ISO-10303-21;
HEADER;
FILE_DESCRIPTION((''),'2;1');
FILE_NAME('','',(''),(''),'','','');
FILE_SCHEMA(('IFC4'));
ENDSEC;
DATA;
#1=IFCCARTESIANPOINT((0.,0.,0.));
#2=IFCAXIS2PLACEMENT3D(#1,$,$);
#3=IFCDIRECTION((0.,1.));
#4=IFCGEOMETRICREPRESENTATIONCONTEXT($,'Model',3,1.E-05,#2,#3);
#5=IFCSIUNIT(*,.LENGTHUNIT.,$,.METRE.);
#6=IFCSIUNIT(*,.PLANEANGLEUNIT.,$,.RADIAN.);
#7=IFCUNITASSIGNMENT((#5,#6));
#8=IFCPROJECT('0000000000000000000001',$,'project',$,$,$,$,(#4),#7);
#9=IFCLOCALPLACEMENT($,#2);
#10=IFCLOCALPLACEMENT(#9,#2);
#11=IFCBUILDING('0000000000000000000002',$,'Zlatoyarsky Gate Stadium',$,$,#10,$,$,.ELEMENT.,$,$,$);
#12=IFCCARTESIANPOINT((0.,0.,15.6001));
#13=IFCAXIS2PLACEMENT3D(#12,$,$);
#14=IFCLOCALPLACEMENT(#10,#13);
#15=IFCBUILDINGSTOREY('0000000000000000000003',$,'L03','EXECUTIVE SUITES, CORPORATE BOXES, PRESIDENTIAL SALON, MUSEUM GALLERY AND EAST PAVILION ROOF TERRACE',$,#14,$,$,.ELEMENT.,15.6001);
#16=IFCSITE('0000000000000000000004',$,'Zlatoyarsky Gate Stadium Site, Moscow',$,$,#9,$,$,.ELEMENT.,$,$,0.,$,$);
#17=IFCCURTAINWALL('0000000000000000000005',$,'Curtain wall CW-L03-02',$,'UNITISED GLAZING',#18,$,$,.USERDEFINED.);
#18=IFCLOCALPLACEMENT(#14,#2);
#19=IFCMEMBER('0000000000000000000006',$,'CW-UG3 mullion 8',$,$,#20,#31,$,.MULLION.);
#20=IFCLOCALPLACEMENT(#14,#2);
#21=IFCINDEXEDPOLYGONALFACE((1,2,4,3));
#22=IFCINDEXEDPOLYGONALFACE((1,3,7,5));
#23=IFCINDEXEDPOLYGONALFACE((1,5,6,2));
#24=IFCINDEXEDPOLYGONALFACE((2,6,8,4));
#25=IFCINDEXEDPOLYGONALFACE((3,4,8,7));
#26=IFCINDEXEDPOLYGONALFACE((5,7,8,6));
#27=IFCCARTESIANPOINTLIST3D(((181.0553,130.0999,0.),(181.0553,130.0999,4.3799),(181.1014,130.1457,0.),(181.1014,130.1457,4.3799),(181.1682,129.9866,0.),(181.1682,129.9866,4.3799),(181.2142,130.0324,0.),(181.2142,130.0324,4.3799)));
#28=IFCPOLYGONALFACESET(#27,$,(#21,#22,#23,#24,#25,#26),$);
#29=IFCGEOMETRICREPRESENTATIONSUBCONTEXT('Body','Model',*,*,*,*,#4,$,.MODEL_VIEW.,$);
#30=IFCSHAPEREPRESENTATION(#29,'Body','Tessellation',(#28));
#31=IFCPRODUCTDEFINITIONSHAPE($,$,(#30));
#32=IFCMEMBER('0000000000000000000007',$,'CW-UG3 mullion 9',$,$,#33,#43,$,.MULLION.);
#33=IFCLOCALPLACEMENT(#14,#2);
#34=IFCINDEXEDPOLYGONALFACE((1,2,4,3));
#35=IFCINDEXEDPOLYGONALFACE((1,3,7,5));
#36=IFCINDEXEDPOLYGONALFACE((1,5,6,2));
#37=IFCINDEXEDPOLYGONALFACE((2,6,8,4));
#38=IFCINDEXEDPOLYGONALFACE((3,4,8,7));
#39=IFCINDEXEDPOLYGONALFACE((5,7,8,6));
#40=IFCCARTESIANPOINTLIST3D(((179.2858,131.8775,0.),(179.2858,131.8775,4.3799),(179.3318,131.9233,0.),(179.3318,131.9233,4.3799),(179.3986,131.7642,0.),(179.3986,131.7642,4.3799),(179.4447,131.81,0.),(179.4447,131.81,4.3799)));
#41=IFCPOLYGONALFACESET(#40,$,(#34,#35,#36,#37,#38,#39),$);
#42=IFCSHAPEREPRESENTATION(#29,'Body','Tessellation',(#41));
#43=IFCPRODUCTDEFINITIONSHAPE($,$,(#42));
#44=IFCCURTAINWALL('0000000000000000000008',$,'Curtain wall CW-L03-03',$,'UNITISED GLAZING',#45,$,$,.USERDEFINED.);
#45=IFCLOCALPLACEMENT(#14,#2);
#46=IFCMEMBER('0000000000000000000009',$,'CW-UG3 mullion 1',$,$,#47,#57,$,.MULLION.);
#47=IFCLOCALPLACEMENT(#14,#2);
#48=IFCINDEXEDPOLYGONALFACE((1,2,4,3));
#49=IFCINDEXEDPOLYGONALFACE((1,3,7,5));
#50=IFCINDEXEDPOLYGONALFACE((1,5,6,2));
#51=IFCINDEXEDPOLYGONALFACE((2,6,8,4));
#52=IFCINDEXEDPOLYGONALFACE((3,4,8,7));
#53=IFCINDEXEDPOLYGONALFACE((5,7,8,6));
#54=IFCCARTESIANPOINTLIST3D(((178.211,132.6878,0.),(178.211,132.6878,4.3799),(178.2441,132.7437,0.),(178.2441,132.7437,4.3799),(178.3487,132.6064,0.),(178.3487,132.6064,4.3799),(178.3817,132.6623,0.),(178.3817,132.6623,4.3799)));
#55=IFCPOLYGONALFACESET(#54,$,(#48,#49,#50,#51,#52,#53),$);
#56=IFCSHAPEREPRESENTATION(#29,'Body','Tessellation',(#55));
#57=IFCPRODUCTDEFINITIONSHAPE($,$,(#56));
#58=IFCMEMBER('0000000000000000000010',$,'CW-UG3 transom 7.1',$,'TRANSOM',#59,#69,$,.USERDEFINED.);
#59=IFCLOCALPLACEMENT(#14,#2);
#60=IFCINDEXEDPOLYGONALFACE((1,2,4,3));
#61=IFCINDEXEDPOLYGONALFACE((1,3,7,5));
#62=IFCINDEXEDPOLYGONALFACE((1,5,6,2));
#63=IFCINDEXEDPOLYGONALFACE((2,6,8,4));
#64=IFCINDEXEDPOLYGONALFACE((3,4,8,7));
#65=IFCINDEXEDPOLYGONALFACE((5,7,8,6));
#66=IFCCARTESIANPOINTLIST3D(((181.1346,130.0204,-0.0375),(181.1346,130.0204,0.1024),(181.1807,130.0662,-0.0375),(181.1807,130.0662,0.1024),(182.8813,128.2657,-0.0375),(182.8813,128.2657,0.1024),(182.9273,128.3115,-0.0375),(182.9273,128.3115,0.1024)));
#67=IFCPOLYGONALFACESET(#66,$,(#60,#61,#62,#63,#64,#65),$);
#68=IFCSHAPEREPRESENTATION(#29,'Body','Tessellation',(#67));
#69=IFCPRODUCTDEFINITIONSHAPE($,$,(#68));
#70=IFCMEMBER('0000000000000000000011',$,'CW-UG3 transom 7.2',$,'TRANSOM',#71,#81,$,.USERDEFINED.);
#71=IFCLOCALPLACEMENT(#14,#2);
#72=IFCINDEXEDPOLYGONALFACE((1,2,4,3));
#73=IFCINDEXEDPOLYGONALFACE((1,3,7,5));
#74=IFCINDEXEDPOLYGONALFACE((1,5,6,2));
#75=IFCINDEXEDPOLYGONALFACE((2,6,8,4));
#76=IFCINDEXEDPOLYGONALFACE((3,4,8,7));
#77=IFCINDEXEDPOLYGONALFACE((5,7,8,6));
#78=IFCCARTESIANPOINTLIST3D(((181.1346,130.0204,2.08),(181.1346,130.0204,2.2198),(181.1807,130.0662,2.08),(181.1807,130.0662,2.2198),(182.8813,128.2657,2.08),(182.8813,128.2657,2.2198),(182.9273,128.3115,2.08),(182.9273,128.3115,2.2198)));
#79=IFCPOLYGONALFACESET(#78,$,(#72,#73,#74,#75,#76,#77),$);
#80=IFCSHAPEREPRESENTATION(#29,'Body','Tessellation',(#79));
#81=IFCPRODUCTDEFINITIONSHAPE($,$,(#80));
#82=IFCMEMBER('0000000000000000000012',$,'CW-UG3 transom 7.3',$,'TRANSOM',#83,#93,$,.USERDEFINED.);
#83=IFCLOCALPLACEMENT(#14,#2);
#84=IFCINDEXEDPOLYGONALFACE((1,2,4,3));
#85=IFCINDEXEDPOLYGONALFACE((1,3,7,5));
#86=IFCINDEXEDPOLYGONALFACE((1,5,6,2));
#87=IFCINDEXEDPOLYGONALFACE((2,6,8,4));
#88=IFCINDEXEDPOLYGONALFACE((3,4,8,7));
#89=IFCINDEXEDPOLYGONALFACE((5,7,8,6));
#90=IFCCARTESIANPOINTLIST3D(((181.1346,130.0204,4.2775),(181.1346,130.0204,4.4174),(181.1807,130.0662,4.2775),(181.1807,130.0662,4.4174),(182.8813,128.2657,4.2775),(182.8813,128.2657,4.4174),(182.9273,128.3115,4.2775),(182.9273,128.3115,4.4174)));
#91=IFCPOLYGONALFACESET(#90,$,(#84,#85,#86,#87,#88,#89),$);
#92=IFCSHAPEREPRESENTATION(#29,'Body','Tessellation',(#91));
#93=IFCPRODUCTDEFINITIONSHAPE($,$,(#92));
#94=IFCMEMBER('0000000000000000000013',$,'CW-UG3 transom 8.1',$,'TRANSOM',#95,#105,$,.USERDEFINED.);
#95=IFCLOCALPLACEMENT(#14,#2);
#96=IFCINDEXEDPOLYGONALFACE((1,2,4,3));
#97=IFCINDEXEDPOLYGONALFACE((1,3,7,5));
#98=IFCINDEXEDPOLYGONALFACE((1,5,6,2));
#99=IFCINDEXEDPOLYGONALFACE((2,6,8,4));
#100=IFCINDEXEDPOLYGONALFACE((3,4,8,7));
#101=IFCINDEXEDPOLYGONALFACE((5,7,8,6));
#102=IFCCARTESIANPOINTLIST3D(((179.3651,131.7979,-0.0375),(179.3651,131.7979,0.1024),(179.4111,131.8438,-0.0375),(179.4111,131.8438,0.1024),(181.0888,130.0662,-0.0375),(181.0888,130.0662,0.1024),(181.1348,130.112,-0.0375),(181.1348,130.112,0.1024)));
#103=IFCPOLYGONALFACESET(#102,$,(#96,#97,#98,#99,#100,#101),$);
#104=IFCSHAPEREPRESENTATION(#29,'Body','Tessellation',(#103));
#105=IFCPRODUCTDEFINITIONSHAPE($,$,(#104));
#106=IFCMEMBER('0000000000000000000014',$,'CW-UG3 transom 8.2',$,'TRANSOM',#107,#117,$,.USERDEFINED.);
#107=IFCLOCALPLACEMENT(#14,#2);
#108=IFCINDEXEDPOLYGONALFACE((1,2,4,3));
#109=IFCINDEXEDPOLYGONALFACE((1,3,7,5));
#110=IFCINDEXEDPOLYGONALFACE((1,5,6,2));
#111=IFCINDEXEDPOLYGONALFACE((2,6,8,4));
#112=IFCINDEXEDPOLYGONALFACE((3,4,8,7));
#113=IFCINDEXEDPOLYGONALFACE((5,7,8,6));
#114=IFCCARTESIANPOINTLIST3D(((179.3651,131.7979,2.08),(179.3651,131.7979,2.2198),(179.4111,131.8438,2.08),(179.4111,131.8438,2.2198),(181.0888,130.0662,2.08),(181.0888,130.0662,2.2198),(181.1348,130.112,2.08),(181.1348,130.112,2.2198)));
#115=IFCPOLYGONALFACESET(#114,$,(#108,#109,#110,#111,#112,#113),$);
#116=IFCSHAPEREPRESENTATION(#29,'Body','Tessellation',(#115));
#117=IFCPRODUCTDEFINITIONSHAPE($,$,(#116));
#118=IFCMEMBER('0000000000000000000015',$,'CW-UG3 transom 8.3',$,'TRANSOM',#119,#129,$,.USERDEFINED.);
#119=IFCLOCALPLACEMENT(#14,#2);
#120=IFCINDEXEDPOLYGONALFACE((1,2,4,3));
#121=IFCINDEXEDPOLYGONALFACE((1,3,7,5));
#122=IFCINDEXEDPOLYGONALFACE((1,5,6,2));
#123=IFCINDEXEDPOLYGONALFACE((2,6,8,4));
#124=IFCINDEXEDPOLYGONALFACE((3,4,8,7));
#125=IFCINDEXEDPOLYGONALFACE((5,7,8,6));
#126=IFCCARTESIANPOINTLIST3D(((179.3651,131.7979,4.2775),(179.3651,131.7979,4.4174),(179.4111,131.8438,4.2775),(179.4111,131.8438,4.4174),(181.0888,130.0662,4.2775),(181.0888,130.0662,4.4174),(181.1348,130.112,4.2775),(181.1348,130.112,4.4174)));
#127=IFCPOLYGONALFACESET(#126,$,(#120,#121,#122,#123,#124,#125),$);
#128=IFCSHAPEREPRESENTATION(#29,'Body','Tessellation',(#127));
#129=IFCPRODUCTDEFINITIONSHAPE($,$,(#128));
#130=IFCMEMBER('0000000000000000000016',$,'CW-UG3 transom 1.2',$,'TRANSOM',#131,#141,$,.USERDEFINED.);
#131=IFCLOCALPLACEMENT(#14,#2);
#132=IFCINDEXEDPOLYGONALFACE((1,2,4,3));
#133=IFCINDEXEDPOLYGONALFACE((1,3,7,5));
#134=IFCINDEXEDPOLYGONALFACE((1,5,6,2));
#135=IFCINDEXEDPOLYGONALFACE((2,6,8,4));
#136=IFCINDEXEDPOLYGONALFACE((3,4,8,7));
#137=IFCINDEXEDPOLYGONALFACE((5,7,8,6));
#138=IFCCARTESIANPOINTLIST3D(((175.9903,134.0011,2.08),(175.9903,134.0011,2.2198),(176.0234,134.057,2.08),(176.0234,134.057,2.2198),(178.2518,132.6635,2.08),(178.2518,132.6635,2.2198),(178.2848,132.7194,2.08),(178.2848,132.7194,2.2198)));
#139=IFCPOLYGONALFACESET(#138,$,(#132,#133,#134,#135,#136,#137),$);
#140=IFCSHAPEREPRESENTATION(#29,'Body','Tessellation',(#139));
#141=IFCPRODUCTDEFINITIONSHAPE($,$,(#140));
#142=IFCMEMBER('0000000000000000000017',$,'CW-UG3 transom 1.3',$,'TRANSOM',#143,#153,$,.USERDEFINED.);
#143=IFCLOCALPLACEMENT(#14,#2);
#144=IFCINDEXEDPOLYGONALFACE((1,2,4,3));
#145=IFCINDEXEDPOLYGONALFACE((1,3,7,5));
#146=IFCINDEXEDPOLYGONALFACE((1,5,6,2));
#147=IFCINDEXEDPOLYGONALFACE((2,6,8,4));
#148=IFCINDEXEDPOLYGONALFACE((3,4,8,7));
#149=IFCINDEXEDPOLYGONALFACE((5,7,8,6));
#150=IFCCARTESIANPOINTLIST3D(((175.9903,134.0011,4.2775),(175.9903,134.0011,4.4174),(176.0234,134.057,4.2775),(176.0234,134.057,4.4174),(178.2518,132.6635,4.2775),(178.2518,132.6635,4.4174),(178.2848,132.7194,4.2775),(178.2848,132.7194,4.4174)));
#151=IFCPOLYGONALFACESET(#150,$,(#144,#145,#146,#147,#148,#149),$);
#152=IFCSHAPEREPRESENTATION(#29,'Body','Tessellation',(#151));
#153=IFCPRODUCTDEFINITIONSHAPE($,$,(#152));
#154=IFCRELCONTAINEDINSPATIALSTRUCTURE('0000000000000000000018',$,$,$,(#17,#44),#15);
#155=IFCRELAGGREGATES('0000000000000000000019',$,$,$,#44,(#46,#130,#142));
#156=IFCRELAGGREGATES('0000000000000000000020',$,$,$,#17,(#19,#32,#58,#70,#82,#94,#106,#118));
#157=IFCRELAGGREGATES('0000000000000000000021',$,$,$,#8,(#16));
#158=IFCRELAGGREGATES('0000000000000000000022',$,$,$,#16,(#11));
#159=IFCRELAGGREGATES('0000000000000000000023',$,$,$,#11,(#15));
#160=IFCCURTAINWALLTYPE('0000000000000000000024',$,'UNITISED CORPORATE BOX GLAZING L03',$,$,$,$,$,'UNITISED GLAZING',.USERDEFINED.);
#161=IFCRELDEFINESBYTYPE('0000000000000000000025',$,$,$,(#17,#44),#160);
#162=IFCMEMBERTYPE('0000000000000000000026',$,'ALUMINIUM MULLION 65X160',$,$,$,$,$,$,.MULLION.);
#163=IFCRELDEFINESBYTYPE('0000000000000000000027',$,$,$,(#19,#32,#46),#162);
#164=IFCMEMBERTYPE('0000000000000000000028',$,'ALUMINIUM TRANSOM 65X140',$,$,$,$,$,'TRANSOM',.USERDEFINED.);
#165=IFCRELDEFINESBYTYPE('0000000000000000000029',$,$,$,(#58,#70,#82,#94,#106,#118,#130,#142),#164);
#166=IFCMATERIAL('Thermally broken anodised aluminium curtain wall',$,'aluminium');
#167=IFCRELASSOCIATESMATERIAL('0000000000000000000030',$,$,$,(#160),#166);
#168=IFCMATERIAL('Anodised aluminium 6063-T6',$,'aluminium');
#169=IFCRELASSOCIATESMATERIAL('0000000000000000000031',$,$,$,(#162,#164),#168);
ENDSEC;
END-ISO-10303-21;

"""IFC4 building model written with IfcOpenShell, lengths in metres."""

from ifc_helpers import new_model, si_unit, direction, frame, origin, origin_2d, place, context, subcontext, project, spatial, rectangle, extrude, material, material_profile, profile_set, type_object, element, aggregate, save


model = new_model("IFC4")

# Units and contexts
model_context = context("Model", 3, precision=1e-05, world=origin(), true_north=direction((0.0, 1.0)))
body_context = subcontext(model_context, "Body", "Model", "MODEL_VIEW")
ifc_project = project(units=[si_unit("LENGTHUNIT", "METRE"), si_unit("PLANEANGLEUNIT", "RADIAN")], contexts=[model_context])

# Site, building, storey
site_placement = place(None, origin())
site = spatial("IfcSite", under=ifc_project, at=site_placement, Name="Zlatoyarsky Gate Stadium Site, Moscow", CompositionType="ELEMENT", RefElevation=0.0)
building_placement = place(site_placement, origin())
building = spatial("IfcBuilding", under=site, at=building_placement, Name="Zlatoyarsky Gate Stadium", CompositionType="ELEMENT")
storey_placement = place(building_placement, frame((0.0, 0.0, 15.6001)))
storey = spatial("IfcBuildingStorey", under=building, at=storey_placement, Name="L03", Description="EXECUTIVE SUITES, CORPORATE BOXES, PRESIDENTIAL SALON, MUSEUM GALLERY AND EAST PAVILION ROOF TERRACE", CompositionType="ELEMENT", Elevation=15.6001)

# Curtain wall, members
ifc_material_1 = material(Name="Thermally broken anodised aluminium curtain wall", Category="aluminium")
curtain_wall_type = type_object("IfcCurtainWallType", Name="UNITISED CORPORATE BOX GLAZING L03", ElementType="UNITISED GLAZING", PredefinedType="USERDEFINED", material=ifc_material_1)
curtain_wall_1_placement = place(storey_placement, origin())
curtain_wall_1 = element("IfcCurtainWall", 1, at=curtain_wall_1_placement, inside=storey, type_object=curtain_wall_type, Name="Curtain wall CW-L03-02", ObjectType="UNITISED GLAZING", PredefinedType="USERDEFINED")
ifc_material_2 = material(Name="Anodised aluminium 6063-T6", Category="aluminium")
ifc_material_profile_1 = material_profile(ifc_material_2, rectangle(XDim=0.0649, YDim=0.1599, at=origin_2d()), Name="ALU 65X160")
ifc_profile_set_1 = profile_set([ifc_material_profile_1], Name="Anodised aluminium 6063-T6")
member_type_1 = type_object("IfcMemberType", Name="ALUMINIUM MULLION 65X160", PredefinedType="MULLION", material=ifc_profile_set_1)
member_1_placement = place(storey_placement, frame((181.1348, 130.0662, 0.0), z_axis=(0.0, 0.0, 1.0), x_axis=(-0.708721, -0.705489, 0.0)))
member_1 = element("IfcMember", 2, at=member_1_placement, type_object=member_type_1, Name="CW-UG3 mullion 8", PredefinedType="MULLION", context=body_context, shape_type="SweptSolid", body=[
    extrude(rectangle(XDim=0.0649, YDim=0.1599, at=origin_2d()), origin(), (0.0, 0.0, 1.0), 4.3799),
])
member_2_placement = place(storey_placement, frame((179.3652, 131.8438, 0.0), z_axis=(0.0, 0.0, 1.0), x_axis=(-0.708721, -0.705489, 0.0)))
member_2 = element("IfcMember", 3, at=member_2_placement, type_object=member_type_1, Name="CW-UG3 mullion 9", PredefinedType="MULLION", context=body_context, shape_type="SweptSolid", body=[
    extrude(rectangle(XDim=0.0649, YDim=0.1599, at=origin_2d()), origin(), (0.0, 0.0, 1.0), 4.3799),
])

# Curtain wall, member
curtain_wall_2_placement = place(storey_placement, origin())
curtain_wall_2 = element("IfcCurtainWall", 4, at=curtain_wall_2_placement, inside=storey, type_object=curtain_wall_type, Name="Curtain wall CW-L03-03", ObjectType="UNITISED GLAZING", PredefinedType="USERDEFINED")
member_3_placement = place(storey_placement, frame((178.2964, 132.675, 0.0), z_axis=(0.0, 0.0, 1.0), x_axis=(-0.509098, -0.860708, 0.0)))
member_3 = element("IfcMember", 5, at=member_3_placement, type_object=member_type_1, Name="CW-UG3 mullion 1", PredefinedType="MULLION", context=body_context, shape_type="SweptSolid", body=[
    extrude(rectangle(XDim=0.0649, YDim=0.1599, at=origin_2d()), origin(), (0.0, 0.0, 1.0), 4.3799),
])

# Members
ifc_material_profile_2 = material_profile(ifc_material_2, rectangle(XDim=0.0649, YDim=0.1399, at=origin_2d()), Name="ALU 65X140")
ifc_profile_set_2 = profile_set([ifc_material_profile_2], Name="Anodised aluminium 6063-T6")
member_type_2 = type_object("IfcMemberType", Name="ALUMINIUM TRANSOM 65X140", ElementType="TRANSOM", PredefinedType="USERDEFINED", material=ifc_profile_set_2)
member_4_placement = place(storey_placement, frame((182.9043, 128.2886, 0.0325), z_axis=(-0.705478, 0.708732, 0.0), x_axis=(-0.708732, -0.705478, 0.0)))
member_4 = element("IfcMember", 6, at=member_4_placement, type_object=member_type_2, Name="CW-UG3 transom 7.1", ObjectType="TRANSOM", PredefinedType="USERDEFINED", context=body_context, shape_type="SweptSolid", body=[
    extrude(rectangle(XDim=0.0649, YDim=0.1399, at=origin_2d()), origin(), (0.0, 0.0, 1.0), 2.4758),
])
member_5_placement = place(storey_placement, frame((182.9043, 128.2886, 2.1499), z_axis=(-0.705478, 0.708732, 0.0), x_axis=(-0.708732, -0.705478, 0.0)))
member_5 = element("IfcMember", 7, at=member_5_placement, type_object=member_type_2, Name="CW-UG3 transom 7.2", ObjectType="TRANSOM", PredefinedType="USERDEFINED", context=body_context, shape_type="SweptSolid", body=[
    extrude(rectangle(XDim=0.0649, YDim=0.1399, at=origin_2d()), origin(), (0.0, 0.0, 1.0), 2.4758),
])
member_6_placement = place(storey_placement, frame((182.9043, 128.2886, 4.3474), z_axis=(-0.705478, 0.708732, 0.0), x_axis=(-0.708732, -0.705478, 0.0)))
member_6 = element("IfcMember", 8, at=member_6_placement, type_object=member_type_2, Name="CW-UG3 transom 7.3", ObjectType="TRANSOM", PredefinedType="USERDEFINED", context=body_context, shape_type="SweptSolid", body=[
    extrude(rectangle(XDim=0.0649, YDim=0.1399, at=origin_2d()), origin(), (0.0, 0.0, 1.0), 2.4758),
])
member_7_placement = place(storey_placement, frame((181.1118, 130.0891, 0.0325), z_axis=(-0.705456, 0.708754, 0.0), x_axis=(-0.708754, -0.705456, 0.0)))
member_7 = element("IfcMember", 9, at=member_7_placement, type_object=member_type_2, Name="CW-UG3 transom 8.1", ObjectType="TRANSOM", PredefinedType="USERDEFINED", context=body_context, shape_type="SweptSolid", body=[
    extrude(rectangle(XDim=0.0649, YDim=0.1399, at=origin_2d()), origin(), (0.0, 0.0, 1.0), 2.4434),
])
member_8_placement = place(storey_placement, frame((181.1118, 130.0891, 2.1499), z_axis=(-0.705456, 0.708754, 0.0), x_axis=(-0.708754, -0.705456, 0.0)))
member_8 = element("IfcMember", 10, at=member_8_placement, type_object=member_type_2, Name="CW-UG3 transom 8.2", ObjectType="TRANSOM", PredefinedType="USERDEFINED", context=body_context, shape_type="SweptSolid", body=[
    extrude(rectangle(XDim=0.0649, YDim=0.1399, at=origin_2d()), origin(), (0.0, 0.0, 1.0), 2.4434),
])
member_9_placement = place(storey_placement, frame((181.1118, 130.0891, 4.3474), z_axis=(-0.705456, 0.708754, 0.0), x_axis=(-0.708754, -0.705456, 0.0)))
member_9 = element("IfcMember", 11, at=member_9_placement, type_object=member_type_2, Name="CW-UG3 transom 8.3", ObjectType="TRANSOM", PredefinedType="USERDEFINED", context=body_context, shape_type="SweptSolid", body=[
    extrude(rectangle(XDim=0.0649, YDim=0.1399, at=origin_2d()), origin(), (0.0, 0.0, 1.0), 2.4434),
])
member_10_placement = place(storey_placement, frame((178.2683, 132.6914, 2.1499), z_axis=(-0.860706, 0.509102, 0.0), x_axis=(-0.509102, -0.860706, 0.0)))
member_10 = element("IfcMember", 12, at=member_10_placement, type_object=member_type_2, Name="CW-UG3 transom 1.2", ObjectType="TRANSOM", PredefinedType="USERDEFINED", context=body_context, shape_type="SweptSolid", body=[
    extrude(rectangle(XDim=0.0649, YDim=0.1399, at=origin_2d()), origin(), (0.0, 0.0, 1.0), 2.6274),
])
member_11_placement = place(storey_placement, frame((178.2683, 132.6914, 4.3474), z_axis=(-0.860706, 0.509102, 0.0), x_axis=(-0.509102, -0.860706, 0.0)))
member_11 = element("IfcMember", 13, at=member_11_placement, type_object=member_type_2, Name="CW-UG3 transom 1.3", ObjectType="TRANSOM", PredefinedType="USERDEFINED", context=body_context, shape_type="SweptSolid", body=[
    extrude(rectangle(XDim=0.0649, YDim=0.1399, at=origin_2d()), origin(), (0.0, 0.0, 1.0), 2.6274),
])
aggregate(curtain_wall_2, [member_3, member_10, member_11])

aggregate(curtain_wall_1, [member_1, member_2, member_4, member_5, member_6, member_7, member_8, member_9])

save(model, "model.ifc")
